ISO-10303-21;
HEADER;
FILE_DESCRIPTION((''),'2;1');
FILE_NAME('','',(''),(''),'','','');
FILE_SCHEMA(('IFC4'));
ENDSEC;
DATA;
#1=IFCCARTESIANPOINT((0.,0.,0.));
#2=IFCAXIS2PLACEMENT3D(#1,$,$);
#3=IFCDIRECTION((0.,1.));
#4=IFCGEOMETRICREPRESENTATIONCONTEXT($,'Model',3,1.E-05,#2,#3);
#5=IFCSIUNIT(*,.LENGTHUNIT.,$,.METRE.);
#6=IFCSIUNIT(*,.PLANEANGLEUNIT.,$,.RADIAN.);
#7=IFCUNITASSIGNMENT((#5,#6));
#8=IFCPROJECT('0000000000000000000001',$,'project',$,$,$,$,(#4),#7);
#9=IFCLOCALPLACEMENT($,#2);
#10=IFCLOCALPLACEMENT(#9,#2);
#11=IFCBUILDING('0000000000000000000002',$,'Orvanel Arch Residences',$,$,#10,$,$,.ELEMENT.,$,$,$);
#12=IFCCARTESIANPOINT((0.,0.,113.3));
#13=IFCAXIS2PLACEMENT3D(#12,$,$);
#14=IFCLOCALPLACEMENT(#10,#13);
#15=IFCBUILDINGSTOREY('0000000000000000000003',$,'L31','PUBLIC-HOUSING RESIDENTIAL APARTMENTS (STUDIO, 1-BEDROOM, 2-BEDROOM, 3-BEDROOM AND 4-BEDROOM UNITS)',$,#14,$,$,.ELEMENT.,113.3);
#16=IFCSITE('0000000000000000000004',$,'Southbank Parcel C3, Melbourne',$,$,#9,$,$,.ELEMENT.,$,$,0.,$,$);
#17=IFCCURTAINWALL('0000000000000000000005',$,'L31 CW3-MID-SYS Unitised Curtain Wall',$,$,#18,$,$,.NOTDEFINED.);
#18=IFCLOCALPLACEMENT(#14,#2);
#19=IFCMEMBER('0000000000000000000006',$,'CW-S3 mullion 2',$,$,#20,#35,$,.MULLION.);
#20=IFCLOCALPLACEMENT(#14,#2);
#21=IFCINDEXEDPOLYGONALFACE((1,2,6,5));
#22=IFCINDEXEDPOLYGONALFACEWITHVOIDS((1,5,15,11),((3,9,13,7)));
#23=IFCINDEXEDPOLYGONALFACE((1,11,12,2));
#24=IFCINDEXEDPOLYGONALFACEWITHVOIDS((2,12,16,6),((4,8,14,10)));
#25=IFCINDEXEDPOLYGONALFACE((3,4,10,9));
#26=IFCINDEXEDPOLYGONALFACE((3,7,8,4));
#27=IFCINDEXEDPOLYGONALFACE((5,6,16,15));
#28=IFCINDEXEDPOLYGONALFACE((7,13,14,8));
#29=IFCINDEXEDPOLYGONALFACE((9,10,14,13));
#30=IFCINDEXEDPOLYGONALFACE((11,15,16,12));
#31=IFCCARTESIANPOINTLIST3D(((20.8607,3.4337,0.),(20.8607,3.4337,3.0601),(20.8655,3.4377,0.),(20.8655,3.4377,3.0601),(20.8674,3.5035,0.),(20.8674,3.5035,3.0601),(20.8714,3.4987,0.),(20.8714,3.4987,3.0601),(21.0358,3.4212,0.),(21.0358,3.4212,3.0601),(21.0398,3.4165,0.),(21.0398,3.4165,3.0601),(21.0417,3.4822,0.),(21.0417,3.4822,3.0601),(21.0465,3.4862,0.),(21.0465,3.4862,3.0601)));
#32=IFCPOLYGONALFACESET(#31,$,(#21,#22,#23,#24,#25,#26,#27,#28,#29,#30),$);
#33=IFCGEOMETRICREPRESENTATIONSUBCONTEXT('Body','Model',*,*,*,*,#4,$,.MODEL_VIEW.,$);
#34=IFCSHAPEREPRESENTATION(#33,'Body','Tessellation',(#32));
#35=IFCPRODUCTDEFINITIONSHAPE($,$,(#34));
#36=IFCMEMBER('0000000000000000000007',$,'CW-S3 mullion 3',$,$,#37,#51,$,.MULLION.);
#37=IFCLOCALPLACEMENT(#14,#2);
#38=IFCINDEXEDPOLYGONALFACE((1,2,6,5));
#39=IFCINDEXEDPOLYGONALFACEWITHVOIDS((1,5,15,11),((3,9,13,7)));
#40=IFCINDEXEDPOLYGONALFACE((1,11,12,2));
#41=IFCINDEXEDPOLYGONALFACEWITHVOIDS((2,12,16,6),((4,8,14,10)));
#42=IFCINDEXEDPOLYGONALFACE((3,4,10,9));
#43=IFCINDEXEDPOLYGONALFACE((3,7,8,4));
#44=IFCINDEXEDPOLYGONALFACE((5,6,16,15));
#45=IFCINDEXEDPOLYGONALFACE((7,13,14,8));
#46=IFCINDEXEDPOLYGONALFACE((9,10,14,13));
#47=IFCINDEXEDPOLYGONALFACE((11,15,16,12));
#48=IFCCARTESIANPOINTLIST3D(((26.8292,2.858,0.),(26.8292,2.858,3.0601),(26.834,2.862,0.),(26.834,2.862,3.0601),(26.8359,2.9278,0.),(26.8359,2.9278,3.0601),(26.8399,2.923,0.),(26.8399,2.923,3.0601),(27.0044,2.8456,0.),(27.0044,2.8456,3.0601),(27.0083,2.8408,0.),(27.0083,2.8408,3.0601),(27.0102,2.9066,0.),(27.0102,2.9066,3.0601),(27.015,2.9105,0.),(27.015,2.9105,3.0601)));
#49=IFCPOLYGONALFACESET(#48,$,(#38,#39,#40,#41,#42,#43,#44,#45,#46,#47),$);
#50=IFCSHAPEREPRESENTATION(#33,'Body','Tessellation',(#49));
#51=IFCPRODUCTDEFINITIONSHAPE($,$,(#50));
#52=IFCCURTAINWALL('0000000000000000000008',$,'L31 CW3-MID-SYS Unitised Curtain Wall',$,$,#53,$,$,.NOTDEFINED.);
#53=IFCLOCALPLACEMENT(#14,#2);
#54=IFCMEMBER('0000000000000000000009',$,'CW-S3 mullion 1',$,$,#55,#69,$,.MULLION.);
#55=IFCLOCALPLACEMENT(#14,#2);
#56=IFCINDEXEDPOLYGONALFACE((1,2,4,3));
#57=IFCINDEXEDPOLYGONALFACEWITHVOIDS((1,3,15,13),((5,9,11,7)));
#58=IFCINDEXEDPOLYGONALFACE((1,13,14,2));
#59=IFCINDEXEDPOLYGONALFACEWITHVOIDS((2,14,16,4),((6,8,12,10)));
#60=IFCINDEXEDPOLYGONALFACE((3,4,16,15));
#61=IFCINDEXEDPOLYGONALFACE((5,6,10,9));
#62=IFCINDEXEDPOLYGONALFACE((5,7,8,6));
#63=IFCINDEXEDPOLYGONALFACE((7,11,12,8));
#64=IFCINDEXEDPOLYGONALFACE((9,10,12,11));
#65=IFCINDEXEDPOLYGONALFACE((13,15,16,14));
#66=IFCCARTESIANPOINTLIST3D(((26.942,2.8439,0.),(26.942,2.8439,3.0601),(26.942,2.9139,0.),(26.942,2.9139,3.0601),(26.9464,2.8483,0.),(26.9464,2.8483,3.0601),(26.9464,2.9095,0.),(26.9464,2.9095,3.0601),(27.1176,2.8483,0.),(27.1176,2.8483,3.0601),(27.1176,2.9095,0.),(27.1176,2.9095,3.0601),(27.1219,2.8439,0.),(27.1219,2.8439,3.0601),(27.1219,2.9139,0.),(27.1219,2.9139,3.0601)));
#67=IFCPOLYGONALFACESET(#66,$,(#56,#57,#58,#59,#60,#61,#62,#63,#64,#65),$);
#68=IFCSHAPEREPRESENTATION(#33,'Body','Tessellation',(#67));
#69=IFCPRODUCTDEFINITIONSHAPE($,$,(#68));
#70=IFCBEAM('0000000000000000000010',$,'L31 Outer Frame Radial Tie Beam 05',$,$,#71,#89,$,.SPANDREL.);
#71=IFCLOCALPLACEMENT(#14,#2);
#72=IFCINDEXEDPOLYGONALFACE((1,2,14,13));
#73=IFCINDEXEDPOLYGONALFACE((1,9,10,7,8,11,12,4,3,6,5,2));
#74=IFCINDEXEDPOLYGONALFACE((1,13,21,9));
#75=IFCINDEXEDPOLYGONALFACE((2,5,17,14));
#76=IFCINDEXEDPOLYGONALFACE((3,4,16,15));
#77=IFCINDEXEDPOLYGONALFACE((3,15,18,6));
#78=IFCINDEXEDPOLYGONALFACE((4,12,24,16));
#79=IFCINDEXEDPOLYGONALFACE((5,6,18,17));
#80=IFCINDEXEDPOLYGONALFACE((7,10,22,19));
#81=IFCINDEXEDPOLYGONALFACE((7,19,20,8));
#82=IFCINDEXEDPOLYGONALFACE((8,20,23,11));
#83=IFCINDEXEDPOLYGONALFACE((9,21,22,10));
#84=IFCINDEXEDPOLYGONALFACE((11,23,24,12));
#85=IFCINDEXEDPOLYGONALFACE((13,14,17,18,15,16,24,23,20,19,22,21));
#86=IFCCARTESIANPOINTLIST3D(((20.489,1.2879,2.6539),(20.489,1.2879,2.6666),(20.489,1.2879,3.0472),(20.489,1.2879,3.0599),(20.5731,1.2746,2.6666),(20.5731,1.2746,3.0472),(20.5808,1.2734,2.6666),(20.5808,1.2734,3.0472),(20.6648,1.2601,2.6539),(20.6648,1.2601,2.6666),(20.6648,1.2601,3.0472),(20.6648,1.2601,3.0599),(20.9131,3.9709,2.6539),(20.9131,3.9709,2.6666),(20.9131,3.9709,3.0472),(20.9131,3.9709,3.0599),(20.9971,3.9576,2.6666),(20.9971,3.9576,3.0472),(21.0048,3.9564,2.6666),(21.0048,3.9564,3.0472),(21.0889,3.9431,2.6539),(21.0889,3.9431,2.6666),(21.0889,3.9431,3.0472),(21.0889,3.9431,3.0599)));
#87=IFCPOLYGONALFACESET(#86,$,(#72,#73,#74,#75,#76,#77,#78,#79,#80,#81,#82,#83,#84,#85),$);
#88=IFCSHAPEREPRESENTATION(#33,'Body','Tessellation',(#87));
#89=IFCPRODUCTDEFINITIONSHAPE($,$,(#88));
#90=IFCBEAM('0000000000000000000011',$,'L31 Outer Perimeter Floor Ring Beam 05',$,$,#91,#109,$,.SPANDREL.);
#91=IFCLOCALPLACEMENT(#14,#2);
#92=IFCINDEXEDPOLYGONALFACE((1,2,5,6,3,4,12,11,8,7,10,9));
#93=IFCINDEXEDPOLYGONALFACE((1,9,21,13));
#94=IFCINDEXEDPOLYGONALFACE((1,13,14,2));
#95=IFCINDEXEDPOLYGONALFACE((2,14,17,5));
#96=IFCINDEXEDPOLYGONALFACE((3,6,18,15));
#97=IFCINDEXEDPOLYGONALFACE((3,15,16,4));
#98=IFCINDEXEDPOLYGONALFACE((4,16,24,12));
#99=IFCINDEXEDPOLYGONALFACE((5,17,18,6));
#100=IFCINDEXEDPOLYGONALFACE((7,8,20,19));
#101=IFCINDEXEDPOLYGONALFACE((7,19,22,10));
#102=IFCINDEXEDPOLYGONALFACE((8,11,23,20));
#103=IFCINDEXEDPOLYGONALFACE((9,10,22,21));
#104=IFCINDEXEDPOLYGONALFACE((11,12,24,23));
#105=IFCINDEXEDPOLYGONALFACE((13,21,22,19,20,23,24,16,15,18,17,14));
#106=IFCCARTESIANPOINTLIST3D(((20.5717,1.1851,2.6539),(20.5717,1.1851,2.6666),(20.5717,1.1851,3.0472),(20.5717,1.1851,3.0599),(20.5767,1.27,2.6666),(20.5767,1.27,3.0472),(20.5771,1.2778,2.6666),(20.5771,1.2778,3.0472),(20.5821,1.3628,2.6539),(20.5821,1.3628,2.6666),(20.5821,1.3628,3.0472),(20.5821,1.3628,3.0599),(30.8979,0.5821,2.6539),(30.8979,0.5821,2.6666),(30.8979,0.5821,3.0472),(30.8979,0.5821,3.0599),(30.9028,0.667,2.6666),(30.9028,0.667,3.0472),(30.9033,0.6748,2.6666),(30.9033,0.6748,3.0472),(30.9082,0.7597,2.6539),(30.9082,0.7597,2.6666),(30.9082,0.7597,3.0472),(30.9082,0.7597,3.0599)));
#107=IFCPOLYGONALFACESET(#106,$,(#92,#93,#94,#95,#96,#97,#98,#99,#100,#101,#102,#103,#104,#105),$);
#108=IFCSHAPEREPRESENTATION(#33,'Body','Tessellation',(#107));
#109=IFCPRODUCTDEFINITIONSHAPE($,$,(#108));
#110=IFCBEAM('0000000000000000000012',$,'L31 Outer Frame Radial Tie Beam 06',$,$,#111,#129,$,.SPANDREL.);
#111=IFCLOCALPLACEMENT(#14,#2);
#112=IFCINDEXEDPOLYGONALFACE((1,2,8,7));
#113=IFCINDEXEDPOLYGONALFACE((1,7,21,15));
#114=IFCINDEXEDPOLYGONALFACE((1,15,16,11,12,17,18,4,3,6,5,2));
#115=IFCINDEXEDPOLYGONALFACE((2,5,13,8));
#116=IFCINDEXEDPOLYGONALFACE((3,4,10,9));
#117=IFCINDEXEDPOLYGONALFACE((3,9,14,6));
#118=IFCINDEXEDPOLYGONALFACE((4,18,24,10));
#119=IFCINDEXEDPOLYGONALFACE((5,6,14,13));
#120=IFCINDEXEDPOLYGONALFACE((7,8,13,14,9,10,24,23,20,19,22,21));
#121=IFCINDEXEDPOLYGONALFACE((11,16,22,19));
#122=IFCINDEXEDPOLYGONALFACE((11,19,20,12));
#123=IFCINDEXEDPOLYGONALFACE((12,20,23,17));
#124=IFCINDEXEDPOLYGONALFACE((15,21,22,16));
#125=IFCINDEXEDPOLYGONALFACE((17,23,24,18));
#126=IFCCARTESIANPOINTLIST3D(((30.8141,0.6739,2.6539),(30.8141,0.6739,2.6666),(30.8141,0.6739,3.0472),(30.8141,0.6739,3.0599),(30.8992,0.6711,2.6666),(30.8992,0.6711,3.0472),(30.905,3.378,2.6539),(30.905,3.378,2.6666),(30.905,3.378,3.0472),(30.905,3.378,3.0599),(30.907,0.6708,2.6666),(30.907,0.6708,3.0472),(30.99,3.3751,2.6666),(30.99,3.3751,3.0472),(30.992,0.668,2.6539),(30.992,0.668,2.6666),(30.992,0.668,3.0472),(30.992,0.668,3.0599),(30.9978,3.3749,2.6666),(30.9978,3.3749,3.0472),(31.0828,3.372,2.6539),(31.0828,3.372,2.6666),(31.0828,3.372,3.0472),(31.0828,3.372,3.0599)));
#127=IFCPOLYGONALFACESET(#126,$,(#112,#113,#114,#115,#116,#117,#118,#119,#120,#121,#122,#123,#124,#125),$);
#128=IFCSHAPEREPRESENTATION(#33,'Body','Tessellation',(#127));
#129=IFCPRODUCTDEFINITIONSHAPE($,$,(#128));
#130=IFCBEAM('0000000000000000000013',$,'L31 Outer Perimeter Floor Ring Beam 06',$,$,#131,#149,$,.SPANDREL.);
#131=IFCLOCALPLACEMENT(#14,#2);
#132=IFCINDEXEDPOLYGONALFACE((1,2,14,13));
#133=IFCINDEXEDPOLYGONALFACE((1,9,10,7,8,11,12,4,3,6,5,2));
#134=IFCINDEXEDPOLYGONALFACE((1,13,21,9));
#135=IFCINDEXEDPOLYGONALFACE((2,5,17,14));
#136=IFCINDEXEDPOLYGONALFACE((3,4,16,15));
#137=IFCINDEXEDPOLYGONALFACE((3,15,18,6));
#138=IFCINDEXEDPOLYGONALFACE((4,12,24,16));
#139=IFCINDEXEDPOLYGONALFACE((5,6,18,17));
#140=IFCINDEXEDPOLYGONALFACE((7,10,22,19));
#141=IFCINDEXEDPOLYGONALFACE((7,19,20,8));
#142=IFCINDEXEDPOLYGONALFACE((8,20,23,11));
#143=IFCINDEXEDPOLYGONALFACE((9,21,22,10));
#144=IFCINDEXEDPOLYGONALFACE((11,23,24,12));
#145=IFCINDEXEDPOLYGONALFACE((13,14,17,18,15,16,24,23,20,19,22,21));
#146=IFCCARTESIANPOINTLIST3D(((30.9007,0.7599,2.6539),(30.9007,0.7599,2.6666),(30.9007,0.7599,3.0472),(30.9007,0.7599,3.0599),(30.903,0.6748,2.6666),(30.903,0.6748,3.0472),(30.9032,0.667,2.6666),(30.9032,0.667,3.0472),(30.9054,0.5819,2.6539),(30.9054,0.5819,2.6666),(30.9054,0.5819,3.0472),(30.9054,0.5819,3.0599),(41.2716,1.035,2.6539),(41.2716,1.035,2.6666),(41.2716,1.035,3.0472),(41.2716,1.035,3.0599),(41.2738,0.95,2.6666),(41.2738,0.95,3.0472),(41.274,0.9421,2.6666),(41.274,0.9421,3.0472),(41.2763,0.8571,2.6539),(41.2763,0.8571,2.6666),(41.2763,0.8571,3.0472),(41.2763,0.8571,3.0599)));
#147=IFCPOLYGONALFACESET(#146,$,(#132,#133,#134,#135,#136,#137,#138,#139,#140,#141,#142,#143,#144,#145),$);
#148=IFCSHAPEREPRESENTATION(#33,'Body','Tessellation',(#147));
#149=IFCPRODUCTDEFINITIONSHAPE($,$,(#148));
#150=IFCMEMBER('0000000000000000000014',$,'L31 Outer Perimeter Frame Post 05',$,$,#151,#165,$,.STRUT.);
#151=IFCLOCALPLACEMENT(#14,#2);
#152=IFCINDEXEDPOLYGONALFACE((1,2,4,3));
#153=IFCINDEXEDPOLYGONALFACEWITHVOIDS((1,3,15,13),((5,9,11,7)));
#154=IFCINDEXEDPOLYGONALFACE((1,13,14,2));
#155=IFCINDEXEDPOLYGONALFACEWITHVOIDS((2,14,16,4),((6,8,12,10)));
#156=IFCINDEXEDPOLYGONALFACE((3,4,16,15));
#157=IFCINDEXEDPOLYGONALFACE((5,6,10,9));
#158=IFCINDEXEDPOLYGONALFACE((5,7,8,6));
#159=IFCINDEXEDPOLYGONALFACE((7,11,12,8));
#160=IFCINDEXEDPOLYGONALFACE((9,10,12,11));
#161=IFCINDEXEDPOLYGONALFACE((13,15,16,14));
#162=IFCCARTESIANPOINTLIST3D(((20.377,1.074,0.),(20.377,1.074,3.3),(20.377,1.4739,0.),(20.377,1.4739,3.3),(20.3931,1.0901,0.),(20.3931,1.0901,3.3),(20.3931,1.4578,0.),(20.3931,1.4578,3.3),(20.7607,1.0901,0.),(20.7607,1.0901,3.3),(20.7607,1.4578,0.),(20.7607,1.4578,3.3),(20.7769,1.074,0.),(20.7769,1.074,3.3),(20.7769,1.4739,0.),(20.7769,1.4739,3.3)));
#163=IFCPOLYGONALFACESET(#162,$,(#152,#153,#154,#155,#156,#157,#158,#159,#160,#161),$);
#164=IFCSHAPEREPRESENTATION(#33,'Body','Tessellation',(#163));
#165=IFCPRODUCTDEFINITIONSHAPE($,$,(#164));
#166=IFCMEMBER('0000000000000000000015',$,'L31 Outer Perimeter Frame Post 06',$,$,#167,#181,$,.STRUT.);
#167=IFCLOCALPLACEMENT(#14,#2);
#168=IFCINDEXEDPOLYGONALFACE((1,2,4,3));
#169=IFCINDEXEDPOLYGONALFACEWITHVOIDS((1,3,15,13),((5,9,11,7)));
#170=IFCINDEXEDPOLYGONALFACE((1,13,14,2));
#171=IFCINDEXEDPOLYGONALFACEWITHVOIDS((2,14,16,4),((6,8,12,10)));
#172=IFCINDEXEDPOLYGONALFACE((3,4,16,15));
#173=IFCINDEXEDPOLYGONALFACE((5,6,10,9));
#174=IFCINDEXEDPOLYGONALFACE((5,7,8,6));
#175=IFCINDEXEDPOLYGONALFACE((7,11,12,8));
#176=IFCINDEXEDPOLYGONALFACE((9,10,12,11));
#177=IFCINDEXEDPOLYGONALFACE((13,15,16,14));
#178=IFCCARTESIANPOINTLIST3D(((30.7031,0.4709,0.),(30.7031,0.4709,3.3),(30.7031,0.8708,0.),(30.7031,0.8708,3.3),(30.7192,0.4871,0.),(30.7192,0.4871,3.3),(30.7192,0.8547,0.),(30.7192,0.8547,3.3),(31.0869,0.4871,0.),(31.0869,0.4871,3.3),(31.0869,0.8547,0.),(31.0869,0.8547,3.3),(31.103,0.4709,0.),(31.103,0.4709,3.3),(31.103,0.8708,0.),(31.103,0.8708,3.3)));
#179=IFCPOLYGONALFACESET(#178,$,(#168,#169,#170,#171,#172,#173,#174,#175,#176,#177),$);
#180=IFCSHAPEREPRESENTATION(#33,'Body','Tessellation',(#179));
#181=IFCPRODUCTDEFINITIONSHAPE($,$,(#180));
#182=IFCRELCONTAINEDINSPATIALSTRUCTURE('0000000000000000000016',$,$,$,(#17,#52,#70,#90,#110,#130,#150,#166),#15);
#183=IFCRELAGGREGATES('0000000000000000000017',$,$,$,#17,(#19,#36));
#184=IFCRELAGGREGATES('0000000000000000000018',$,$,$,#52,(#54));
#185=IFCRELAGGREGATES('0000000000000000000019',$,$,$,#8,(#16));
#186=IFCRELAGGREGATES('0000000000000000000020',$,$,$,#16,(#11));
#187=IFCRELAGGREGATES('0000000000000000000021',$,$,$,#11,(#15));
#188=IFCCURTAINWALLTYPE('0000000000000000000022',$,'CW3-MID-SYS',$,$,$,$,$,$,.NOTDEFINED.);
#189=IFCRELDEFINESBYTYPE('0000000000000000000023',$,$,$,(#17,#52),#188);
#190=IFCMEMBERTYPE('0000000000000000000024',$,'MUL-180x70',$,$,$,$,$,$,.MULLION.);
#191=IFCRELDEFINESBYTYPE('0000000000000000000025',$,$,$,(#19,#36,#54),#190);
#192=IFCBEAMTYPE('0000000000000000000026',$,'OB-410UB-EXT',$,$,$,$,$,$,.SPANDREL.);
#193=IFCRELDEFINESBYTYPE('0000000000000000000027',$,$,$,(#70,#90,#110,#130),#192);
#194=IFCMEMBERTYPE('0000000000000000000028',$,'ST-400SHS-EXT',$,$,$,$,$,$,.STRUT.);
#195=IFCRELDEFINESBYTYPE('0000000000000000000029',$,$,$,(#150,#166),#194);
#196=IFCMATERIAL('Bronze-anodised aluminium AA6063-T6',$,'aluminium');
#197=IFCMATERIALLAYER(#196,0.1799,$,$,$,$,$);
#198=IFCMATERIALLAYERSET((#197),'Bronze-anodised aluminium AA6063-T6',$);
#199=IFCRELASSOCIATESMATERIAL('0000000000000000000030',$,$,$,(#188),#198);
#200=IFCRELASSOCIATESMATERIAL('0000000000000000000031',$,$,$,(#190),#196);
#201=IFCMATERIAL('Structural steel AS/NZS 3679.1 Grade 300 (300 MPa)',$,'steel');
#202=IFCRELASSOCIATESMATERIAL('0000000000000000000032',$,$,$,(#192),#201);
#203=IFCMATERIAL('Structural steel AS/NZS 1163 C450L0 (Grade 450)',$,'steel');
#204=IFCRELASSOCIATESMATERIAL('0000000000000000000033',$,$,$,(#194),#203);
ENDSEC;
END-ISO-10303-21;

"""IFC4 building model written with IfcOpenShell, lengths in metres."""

from ifc_helpers import new_model, si_unit, direction, frame, origin, origin_2d, place, context, subcontext, project, spatial, hollow_rectangle, i_section, extrude, material, layer, layer_set, material_profile, profile_set, type_object, element, aggregate, save


model = new_model("IFC4")

# Units and contexts
model_context = context("Model", 3, precision=1e-05, world=origin(), true_north=direction((0.0, 1.0)))
body_context = subcontext(model_context, "Body", "Model", "MODEL_VIEW")
ifc_project = project(units=[si_unit("LENGTHUNIT", "METRE"), si_unit("PLANEANGLEUNIT", "RADIAN")], contexts=[model_context])

# Site, building, storey
site_placement = place(None, origin())
site = spatial("IfcSite", under=ifc_project, at=site_placement, Name="Southbank Parcel C3, Melbourne", CompositionType="ELEMENT", RefElevation=0.0)
building_placement = place(site_placement, origin())
building = spatial("IfcBuilding", under=site, at=building_placement, Name="Orvanel Arch Residences", CompositionType="ELEMENT")
storey_placement = place(building_placement, frame((0.0, 0.0, 113.3)))
storey = spatial("IfcBuildingStorey", under=building, at=storey_placement, Name="L31", Description="PUBLIC-HOUSING RESIDENTIAL APARTMENTS (STUDIO, 1-BEDROOM, 2-BEDROOM, 3-BEDROOM AND 4-BEDROOM UNITS)", CompositionType="ELEMENT", Elevation=113.3)

# Curtain wall, members
ifc_material_1 = material(Name="Bronze-anodised aluminium AA6063-T6", Category="aluminium")
ifc_layer_1 = layer(ifc_material_1, 0.1799)
ifc_layer_set_1 = layer_set([ifc_layer_1], Name="Bronze-anodised aluminium AA6063-T6")
curtain_wall_type = type_object("IfcCurtainWallType", Name="CW3-MID-SYS", PredefinedType="NOTDEFINED", material=ifc_layer_set_1)
curtain_wall_1_placement = place(storey_placement, origin())
curtain_wall_1 = element("IfcCurtainWall", 1, at=curtain_wall_1_placement, inside=storey, type_object=curtain_wall_type, Name="L31 CW3-MID-SYS Unitised Curtain Wall", PredefinedType="NOTDEFINED")
ifc_material_profile_1 = material_profile(ifc_material_1, hollow_rectangle(XDim=0.0701, YDim=0.1799, WallThickness=0.0044, at=origin_2d()), Name="ALU180x70x4.5")
ifc_profile_set_1 = profile_set([ifc_material_profile_1], Name="Bronze-anodised aluminium AA6063-T6")
member_type_1 = type_object("IfcMemberType", Name="MUL-180x70", PredefinedType="MULLION", material=ifc_profile_set_1)
member_1_placement = place(storey_placement, frame((20.9536, 3.46, 0.0), z_axis=(0.0, 0.0, 1.0), x_axis=(0.095998, 0.995381, 0.0)))
member_1 = element("IfcMember", 2, at=member_1_placement, type_object=member_type_1, Name="CW-S3 mullion 2", PredefinedType="MULLION", context=body_context, shape_type="SweptSolid", body=[
    extrude(hollow_rectangle(XDim=0.0701, YDim=0.1799, WallThickness=0.0044, at=origin_2d()), origin(), (0.0, 0.0, 1.0), 3.0601),
])
member_2_placement = place(storey_placement, frame((26.9221, 2.8843, 0.0), z_axis=(0.0, 0.0, 1.0), x_axis=(0.095998, 0.995381, 0.0)))
member_2 = element("IfcMember", 3, at=member_2_placement, type_object=member_type_1, Name="CW-S3 mullion 3", PredefinedType="MULLION", context=body_context, shape_type="SweptSolid", body=[
    extrude(hollow_rectangle(XDim=0.0701, YDim=0.1799, WallThickness=0.0044, at=origin_2d()), origin(), (0.0, 0.0, 1.0), 3.0601),
])

# Curtain wall, member
curtain_wall_2_placement = place(storey_placement, origin())
curtain_wall_2 = element("IfcCurtainWall", 4, at=curtain_wall_2_placement, inside=storey, type_object=curtain_wall_type, Name="L31 CW3-MID-SYS Unitised Curtain Wall", PredefinedType="NOTDEFINED")
member_3_placement = place(storey_placement, frame((27.032, 2.8789, 0.0), z_axis=(0.0, 0.0, 1.0), x_axis=(0.0, 1.0, 0.0)))
member_3 = element("IfcMember", 5, at=member_3_placement, type_object=member_type_1, Name="CW-S3 mullion 1", PredefinedType="MULLION", context=body_context, shape_type="SweptSolid", body=[
    extrude(hollow_rectangle(XDim=0.0701, YDim=0.1799, WallThickness=0.0044, at=origin_2d()), origin(), (0.0, 0.0, 1.0), 3.0601),
])

# Beams
ifc_material_2 = material(Name="Structural steel AS/NZS 3679.1 Grade 300 (300 MPa)", Category="steel")
ifc_material_profile_2 = material_profile(ifc_material_2, i_section(OverallWidth=0.178, OverallDepth=0.406, WebThickness=0.0078, FlangeThickness=0.0127, at=origin_2d()), Name="410UB59.7")
ifc_profile_set_2 = profile_set([ifc_material_profile_2], Name="Structural steel AS/NZS 3679.1 Grade 300 (300 MPa)")
beam_type = type_object("IfcBeamType", Name="OB-410UB-EXT", PredefinedType="SPANDREL", material=ifc_profile_set_2)
beam_1_placement = place(storey_placement, frame((21.001, 3.957, 2.8569), z_axis=(-0.156115, -0.987739, 0.0), x_axis=(0.987739, -0.156115, 0.0)))
element("IfcBeam", 6, at=beam_1_placement, inside=storey, type_object=beam_type, Name="L31 Outer Frame Radial Tie Beam 05", PredefinedType="SPANDREL", context=body_context, shape_type="SweptSolid", body=[
    extrude(i_section(OverallWidth=0.178, OverallDepth=0.406, WebThickness=0.0078, FlangeThickness=0.0127, at=origin_2d()), origin(), (0.0, 0.0, 1.0), 2.7163),
])
beam_2_placement = place(storey_placement, frame((20.5769, 1.2739, 2.8569), z_axis=(0.998299, -0.058299, 0.0), x_axis=(0.058299, 0.998299, 0.0)))
element("IfcBeam", 7, at=beam_2_placement, inside=storey, type_object=beam_type, Name="L31 Outer Perimeter Floor Ring Beam 05", PredefinedType="SPANDREL", context=body_context, shape_type="SweptSolid", body=[
    extrude(i_section(OverallWidth=0.178, OverallDepth=0.406, WebThickness=0.0078, FlangeThickness=0.0127, at=origin_2d()), origin(), (0.0, 0.0, 1.0), 10.3438),
])
beam_3_placement = place(storey_placement, frame((30.9939, 3.375, 2.8569), z_axis=(-0.033567, -0.999436, 0.0), x_axis=(0.999436, -0.033567, 0.0)))
element("IfcBeam", 8, at=beam_3_placement, inside=storey, type_object=beam_type, Name="L31 Outer Frame Radial Tie Beam 06", PredefinedType="SPANDREL", context=body_context, shape_type="SweptSolid", body=[
    extrude(i_section(OverallWidth=0.178, OverallDepth=0.406, WebThickness=0.0078, FlangeThickness=0.0127, at=origin_2d()), origin(), (0.0, 0.0, 1.0), 2.7056),
])
beam_4_placement = place(storey_placement, frame((30.9031, 0.6709, 2.8569), z_axis=(0.999648, 0.026521, 0.0), x_axis=(-0.026521, 0.999648, 0.0)))
element("IfcBeam", 9, at=beam_4_placement, inside=storey, type_object=beam_type, Name="L31 Outer Perimeter Floor Ring Beam 06", PredefinedType="SPANDREL", context=body_context, shape_type="SweptSolid", body=[
    extrude(i_section(OverallWidth=0.178, OverallDepth=0.406, WebThickness=0.0078, FlangeThickness=0.0127, at=origin_2d()), origin(), (0.0, 0.0, 1.0), 10.3745),
])

# Members
ifc_material_3 = material(Name="Structural steel AS/NZS 1163 C450L0 (Grade 450)", Category="steel")
ifc_material_profile_3 = material_profile(ifc_material_3, hollow_rectangle(XDim=0.3999, YDim=0.3999, WallThickness=0.0161, at=origin_2d()), Name="SHS400x400x16")
ifc_profile_set_3 = profile_set([ifc_material_profile_3], Name="Structural steel AS/NZS 1163 C450L0 (Grade 450)")
member_type_2 = type_object("IfcMemberType", Name="ST-400SHS-EXT", PredefinedType="STRUT", material=ifc_profile_set_3)
for number, where, z_axis, x_axis, name in (
    (10, (20.5769, 1.2739, 0.0), (0.0, 0.0, 1.0), (1.0, 0.0, 0.0), "L31 Outer Perimeter Frame Post 05"),
    (11, (30.9031, 0.6709, 0.0), (0.0, 0.0, 1.0), (1.0, 0.0, 0.0), "L31 Outer Perimeter Frame Post 06"),
):
    element("IfcMember", number, at=place(storey_placement, frame(where, z_axis=z_axis, x_axis=x_axis)), inside=storey, type_object=member_type_2, Name=name, PredefinedType="STRUT", context=body_context, shape_type="SweptSolid", body=[
        extrude(hollow_rectangle(XDim=0.3999, YDim=0.3999, WallThickness=0.0161, at=origin_2d()), origin(), (0.0, 0.0, 1.0), 3.3),
    ])

aggregate(curtain_wall_1, [member_1, member_2])
aggregate(curtain_wall_2, [member_3])

save(model, "model.ifc")
